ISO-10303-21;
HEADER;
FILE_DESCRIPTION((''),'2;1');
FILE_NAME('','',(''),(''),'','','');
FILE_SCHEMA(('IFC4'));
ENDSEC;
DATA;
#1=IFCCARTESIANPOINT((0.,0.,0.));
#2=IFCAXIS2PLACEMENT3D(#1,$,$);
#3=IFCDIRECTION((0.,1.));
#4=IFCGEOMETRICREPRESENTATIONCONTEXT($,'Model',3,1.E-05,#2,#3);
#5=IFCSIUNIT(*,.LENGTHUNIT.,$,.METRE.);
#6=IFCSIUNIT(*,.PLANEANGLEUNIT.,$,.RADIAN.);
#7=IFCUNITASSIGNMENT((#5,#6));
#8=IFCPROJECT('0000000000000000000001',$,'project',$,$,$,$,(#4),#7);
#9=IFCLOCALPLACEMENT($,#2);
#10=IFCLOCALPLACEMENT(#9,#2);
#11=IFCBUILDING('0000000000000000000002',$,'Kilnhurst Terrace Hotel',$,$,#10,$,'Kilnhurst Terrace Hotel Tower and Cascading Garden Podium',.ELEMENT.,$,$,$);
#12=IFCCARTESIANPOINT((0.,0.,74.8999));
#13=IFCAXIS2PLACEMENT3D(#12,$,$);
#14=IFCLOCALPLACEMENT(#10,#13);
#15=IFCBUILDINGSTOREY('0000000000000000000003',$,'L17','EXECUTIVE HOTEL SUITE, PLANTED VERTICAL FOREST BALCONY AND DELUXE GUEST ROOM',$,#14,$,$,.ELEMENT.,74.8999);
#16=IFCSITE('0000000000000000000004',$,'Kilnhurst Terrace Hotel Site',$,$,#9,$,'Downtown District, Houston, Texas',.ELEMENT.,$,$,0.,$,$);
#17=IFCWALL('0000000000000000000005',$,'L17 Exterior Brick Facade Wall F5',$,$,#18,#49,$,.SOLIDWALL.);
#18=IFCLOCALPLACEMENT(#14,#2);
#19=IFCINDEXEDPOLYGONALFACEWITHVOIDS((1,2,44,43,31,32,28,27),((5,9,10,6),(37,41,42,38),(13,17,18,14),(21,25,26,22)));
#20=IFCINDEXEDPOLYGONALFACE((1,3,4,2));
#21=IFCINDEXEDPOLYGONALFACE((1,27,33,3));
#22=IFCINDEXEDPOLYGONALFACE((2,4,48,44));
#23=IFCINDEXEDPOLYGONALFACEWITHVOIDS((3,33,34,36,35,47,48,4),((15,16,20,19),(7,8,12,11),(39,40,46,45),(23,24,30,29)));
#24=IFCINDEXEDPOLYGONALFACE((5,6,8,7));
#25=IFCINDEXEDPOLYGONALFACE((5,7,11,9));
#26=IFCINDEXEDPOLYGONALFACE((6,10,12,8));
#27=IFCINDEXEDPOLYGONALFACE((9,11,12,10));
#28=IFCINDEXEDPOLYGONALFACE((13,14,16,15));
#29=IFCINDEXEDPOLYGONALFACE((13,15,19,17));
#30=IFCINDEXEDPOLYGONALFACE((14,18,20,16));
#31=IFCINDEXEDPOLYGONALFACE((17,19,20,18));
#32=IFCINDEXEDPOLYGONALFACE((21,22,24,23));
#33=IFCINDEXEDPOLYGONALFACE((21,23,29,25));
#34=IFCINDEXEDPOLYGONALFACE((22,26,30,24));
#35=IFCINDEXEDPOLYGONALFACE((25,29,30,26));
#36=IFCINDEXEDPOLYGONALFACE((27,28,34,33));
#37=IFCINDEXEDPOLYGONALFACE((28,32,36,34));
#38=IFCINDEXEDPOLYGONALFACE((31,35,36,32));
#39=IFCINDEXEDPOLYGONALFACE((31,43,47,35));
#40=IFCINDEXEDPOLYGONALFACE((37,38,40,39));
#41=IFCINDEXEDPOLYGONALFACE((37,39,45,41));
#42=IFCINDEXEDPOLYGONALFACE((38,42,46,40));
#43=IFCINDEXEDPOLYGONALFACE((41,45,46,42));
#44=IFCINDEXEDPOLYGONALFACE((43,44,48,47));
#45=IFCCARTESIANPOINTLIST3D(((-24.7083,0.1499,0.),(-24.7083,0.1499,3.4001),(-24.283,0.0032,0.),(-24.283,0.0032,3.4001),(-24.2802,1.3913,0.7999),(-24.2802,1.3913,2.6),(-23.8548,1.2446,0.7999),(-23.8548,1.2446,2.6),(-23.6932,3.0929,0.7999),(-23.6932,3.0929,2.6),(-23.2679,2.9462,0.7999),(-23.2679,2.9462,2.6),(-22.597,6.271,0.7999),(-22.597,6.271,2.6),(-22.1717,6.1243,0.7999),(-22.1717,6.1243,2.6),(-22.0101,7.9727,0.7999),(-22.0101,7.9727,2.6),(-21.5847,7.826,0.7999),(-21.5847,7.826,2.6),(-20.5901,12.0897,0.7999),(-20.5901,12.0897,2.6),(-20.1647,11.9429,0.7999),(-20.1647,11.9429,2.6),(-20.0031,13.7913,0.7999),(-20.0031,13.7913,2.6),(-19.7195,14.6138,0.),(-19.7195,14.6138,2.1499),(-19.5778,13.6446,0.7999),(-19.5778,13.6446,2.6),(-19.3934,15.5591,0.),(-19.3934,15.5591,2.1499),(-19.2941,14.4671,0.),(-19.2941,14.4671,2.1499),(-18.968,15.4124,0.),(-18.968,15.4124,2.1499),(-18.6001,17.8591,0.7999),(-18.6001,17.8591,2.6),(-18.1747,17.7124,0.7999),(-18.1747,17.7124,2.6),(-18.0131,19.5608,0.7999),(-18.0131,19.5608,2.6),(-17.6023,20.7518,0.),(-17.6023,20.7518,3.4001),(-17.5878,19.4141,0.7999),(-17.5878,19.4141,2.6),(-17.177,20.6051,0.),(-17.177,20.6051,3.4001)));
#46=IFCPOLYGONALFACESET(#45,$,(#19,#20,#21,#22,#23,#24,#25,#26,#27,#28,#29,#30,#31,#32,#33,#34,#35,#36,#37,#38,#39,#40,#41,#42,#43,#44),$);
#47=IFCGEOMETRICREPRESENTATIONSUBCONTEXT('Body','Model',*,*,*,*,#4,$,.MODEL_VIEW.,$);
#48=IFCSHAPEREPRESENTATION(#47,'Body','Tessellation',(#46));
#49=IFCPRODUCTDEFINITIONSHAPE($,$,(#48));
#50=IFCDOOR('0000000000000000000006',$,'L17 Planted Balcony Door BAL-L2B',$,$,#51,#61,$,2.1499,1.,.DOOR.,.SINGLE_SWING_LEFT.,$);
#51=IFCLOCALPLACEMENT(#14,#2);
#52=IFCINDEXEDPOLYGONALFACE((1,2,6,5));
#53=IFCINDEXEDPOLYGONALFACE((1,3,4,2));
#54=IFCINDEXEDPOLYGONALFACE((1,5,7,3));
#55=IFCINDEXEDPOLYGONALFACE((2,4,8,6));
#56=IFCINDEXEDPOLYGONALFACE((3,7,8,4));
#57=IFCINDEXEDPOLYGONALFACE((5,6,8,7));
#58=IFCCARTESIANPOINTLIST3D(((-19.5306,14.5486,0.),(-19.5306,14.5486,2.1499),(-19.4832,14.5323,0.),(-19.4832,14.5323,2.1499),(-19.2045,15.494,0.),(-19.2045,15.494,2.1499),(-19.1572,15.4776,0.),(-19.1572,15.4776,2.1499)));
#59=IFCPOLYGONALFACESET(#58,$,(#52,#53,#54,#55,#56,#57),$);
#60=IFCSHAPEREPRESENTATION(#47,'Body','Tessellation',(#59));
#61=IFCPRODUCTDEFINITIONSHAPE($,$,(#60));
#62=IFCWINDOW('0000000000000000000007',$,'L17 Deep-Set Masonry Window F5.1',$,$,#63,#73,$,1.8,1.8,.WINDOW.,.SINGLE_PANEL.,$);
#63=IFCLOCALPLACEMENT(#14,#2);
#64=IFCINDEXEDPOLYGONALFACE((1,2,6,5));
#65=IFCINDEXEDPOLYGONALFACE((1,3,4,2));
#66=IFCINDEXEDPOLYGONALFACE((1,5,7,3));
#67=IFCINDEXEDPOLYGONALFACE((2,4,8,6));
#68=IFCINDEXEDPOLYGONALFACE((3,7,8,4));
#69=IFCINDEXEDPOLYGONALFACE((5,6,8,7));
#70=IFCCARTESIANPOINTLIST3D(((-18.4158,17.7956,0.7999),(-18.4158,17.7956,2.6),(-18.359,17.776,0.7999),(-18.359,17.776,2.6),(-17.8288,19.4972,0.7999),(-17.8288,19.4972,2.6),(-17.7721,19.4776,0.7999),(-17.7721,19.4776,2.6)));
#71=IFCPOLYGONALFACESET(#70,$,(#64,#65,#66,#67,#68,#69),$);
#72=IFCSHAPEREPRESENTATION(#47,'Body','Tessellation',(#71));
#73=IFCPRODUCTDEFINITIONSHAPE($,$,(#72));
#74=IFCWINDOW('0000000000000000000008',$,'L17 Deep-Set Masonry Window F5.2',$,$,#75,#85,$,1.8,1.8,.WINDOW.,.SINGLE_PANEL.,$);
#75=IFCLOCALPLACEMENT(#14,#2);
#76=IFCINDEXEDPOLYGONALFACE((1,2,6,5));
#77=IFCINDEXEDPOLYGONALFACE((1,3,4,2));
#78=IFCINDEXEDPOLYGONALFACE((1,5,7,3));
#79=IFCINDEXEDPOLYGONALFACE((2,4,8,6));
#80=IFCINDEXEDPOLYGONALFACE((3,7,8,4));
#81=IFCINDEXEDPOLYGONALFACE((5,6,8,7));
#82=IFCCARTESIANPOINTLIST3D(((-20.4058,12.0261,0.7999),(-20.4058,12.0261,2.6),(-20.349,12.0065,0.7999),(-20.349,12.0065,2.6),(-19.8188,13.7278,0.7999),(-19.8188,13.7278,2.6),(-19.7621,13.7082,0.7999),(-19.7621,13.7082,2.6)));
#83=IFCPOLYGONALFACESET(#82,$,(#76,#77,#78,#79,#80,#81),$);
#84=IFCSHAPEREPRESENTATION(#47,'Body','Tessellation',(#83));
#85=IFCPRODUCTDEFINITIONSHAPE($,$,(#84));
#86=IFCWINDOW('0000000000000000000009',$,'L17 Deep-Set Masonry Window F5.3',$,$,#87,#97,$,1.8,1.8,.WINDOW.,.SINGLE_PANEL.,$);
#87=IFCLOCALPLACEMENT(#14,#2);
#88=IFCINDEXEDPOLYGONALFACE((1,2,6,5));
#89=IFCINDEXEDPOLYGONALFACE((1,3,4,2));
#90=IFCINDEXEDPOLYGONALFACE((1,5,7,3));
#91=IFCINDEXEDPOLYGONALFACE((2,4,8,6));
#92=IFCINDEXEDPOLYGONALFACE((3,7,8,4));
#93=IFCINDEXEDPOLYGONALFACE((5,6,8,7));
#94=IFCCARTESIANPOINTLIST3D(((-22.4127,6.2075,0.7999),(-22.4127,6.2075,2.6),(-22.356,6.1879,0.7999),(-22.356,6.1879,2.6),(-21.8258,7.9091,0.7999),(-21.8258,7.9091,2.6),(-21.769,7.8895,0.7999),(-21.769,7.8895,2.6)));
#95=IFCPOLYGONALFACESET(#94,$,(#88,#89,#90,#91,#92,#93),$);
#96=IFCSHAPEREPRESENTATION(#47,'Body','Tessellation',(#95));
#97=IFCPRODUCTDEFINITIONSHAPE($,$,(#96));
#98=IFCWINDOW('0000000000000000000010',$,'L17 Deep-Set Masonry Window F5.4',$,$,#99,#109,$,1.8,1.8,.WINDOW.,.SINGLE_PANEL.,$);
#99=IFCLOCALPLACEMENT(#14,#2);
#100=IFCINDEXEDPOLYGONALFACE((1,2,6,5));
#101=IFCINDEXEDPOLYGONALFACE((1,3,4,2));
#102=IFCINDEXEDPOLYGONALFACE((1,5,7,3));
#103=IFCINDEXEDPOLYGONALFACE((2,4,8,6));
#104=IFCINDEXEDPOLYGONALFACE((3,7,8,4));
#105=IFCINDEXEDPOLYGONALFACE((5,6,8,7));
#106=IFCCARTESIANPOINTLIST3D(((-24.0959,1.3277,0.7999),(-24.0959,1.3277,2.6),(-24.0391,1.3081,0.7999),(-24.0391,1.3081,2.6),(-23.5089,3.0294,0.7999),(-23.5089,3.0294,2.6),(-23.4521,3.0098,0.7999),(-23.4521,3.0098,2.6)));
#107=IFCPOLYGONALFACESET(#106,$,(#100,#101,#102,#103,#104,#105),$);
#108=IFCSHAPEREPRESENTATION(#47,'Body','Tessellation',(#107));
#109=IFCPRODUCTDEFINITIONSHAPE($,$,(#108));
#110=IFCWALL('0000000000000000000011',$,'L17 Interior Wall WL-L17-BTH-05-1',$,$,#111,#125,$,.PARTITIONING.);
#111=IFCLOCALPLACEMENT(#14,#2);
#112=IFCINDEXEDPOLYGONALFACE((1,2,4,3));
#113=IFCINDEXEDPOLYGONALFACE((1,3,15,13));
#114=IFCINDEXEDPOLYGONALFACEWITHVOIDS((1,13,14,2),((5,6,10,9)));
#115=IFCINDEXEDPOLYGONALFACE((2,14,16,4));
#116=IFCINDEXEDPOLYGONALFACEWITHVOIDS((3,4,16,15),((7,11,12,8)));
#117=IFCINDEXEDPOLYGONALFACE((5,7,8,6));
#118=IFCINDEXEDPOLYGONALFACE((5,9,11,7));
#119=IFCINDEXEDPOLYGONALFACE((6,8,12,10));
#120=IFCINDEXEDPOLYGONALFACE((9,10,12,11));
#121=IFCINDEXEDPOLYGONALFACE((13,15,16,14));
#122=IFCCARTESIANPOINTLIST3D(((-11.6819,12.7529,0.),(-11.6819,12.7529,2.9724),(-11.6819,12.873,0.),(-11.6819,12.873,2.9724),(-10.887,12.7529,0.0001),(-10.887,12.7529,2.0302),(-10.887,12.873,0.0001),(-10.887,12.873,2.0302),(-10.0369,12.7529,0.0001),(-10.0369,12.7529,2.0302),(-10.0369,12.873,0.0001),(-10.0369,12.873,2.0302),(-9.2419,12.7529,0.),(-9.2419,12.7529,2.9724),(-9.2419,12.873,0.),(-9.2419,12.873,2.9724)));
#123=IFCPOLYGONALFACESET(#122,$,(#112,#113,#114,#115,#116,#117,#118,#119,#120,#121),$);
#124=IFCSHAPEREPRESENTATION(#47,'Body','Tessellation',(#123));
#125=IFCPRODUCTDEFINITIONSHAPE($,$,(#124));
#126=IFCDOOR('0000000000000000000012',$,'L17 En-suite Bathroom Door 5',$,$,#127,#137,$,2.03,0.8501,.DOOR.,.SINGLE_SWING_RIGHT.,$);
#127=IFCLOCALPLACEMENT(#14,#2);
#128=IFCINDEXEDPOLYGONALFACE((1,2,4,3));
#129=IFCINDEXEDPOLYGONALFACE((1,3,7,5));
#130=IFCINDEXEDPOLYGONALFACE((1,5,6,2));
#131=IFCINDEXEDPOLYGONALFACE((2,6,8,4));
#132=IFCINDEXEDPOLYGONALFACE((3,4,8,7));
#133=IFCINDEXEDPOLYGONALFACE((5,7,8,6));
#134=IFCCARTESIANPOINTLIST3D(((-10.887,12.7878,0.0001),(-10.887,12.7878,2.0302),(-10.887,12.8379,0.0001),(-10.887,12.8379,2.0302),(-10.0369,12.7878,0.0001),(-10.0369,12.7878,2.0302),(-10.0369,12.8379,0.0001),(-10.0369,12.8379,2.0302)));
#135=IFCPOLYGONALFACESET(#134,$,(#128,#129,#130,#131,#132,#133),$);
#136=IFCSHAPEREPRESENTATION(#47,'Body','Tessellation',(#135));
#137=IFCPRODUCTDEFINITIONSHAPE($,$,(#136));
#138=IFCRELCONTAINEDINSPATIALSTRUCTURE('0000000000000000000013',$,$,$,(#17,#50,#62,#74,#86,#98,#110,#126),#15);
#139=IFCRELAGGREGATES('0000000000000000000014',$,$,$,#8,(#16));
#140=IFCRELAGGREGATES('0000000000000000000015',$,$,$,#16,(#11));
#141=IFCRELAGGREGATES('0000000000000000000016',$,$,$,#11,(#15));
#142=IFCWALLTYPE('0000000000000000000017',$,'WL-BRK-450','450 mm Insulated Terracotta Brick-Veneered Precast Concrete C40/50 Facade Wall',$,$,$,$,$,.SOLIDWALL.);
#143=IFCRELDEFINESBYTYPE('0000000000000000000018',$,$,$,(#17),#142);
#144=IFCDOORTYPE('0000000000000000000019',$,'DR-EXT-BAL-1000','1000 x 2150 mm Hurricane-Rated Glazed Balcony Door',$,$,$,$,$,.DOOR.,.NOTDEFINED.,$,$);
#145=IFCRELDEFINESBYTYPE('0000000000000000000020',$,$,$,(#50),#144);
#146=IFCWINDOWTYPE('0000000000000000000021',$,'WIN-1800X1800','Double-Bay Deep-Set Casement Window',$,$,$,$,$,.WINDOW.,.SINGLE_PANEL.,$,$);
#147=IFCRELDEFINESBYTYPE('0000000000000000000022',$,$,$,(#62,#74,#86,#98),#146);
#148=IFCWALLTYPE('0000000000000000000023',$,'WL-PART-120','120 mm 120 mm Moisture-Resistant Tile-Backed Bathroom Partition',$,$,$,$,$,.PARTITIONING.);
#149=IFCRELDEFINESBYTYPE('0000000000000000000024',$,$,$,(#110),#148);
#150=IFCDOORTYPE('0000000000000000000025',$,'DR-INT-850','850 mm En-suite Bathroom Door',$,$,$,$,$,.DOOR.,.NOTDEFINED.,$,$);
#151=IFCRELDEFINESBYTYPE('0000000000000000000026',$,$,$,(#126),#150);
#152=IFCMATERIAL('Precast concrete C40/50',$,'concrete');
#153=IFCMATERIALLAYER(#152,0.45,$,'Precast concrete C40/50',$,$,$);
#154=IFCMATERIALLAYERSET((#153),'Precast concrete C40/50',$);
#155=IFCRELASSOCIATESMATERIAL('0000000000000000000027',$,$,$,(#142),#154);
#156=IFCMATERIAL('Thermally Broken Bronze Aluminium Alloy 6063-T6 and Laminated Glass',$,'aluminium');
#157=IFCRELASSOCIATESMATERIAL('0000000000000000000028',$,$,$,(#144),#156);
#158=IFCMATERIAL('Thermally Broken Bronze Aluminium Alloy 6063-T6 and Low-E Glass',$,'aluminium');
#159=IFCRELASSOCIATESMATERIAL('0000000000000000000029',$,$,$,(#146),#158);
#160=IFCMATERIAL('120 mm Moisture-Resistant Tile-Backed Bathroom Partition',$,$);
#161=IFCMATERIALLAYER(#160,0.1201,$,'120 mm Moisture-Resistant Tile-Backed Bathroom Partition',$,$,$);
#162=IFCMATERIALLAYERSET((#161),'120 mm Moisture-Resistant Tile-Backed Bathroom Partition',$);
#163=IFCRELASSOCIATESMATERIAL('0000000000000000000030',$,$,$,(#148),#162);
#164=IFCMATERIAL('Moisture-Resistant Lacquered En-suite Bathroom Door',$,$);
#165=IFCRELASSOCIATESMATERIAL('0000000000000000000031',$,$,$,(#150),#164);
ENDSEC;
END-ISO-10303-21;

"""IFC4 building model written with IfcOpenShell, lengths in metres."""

from ifc_helpers import new_model, si_unit, direction, frame, frame_2d, origin, place, context, subcontext, project, spatial, rectangle, extrude, material, layer, layer_set, type_object, element, fill, save


model = new_model("IFC4")

# Units and contexts
model_context = context("Model", 3, precision=1e-05, world=origin(), true_north=direction((0.0, 1.0)))
body_context = subcontext(model_context, "Body", "Model", "MODEL_VIEW")
ifc_project = project(units=[si_unit("LENGTHUNIT", "METRE"), si_unit("PLANEANGLEUNIT", "RADIAN")], contexts=[model_context])

# Site, building, storey
site_placement = place(None, origin())
site = spatial("IfcSite", under=ifc_project, at=site_placement, Name="Kilnhurst Terrace Hotel Site", LongName="Downtown District, Houston, Texas", CompositionType="ELEMENT", RefElevation=0.0)
building_placement = place(site_placement, origin())
building = spatial("IfcBuilding", under=site, at=building_placement, Name="Kilnhurst Terrace Hotel", LongName="Kilnhurst Terrace Hotel Tower and Cascading Garden Podium", CompositionType="ELEMENT")
storey_placement = place(building_placement, frame((0.0, 0.0, 74.8999)))
storey = spatial("IfcBuildingStorey", under=building, at=storey_placement, Name="L17", Description="EXECUTIVE HOTEL SUITE, PLANTED VERTICAL FOREST BALCONY AND DELUXE GUEST ROOM", CompositionType="ELEMENT", Elevation=74.8999)

# Shared definitions
ifc_material_1 = material(Name="Precast concrete C40/50", Category="concrete")
ifc_layer_1 = layer(ifc_material_1, 0.45, Name="Precast concrete C40/50")
ifc_layer_set_1 = layer_set([ifc_layer_1], Name="Precast concrete C40/50")
wall_type_1 = type_object("IfcWallType", Name="WL-BRK-450", Description="450 mm Insulated Terracotta Brick-Veneered Precast Concrete C40/50 Facade Wall", PredefinedType="SOLIDWALL", material=ifc_layer_set_1)

# Wall, openings, door, windows
wall_1_placement = place(storey_placement, frame((-17.3896, 20.6785, 0.0), z_axis=(0.0, 0.0, 1.0), x_axis=(-0.326068, -0.945346, 0.0)))
wall_1 = element("IfcWall", 1, at=wall_1_placement, inside=storey, type_object=wall_type_1, Name="L17 Exterior Brick Facade Wall F5", PredefinedType="SOLIDWALL", context=body_context, shape_type="SweptSolid", body=[
    extrude(rectangle(XDim=21.793, YDim=0.45, at=frame_2d((10.8965, 0.0))), origin(), (0.0, 0.0, 1.0), 3.4001),
])
opening_1_placement = place(wall_1_placement, frame((5.4929, 0.0, 0.0)))
opening_1 = element("IfcOpeningElement", 2, at=opening_1_placement, cuts=wall_1, PredefinedType="OPENING", context=body_context, shape_type="SweptSolid", body=[
    extrude(rectangle(XDim=1.0, YDim=2.1499, at=frame_2d((0.5, 1.075))), frame((0.0, 0.2349, 0.0), z_axis=(0.0, -1.0, 0.0), x_axis=(1.0, 0.0, 0.0)), (0.0, 0.0, 1.0), 0.47),
])
opening_2_placement = place(wall_1_placement, frame((1.26, 0.0, 0.8)))
opening_2 = element("IfcOpeningElement", 3, at=opening_2_placement, cuts=wall_1, PredefinedType="OPENING", context=body_context, shape_type="SweptSolid", body=[
    extrude(rectangle(XDim=1.8, YDim=1.8, at=frame_2d((0.8999, 0.8999))), frame((0.0, 0.2349, 0.0), z_axis=(0.0, -1.0, 0.0), x_axis=(1.0, 0.0, 0.0)), (0.0, 0.0, 1.0), 0.47),
])
opening_3_placement = place(wall_1_placement, frame((7.363, 0.0, 0.8)))
opening_3 = element("IfcOpeningElement", 4, at=opening_3_placement, cuts=wall_1, PredefinedType="OPENING", context=body_context, shape_type="SweptSolid", body=[
    extrude(rectangle(XDim=1.8, YDim=1.8, at=frame_2d((0.8999, 0.8999))), frame((0.0, 0.2349, 0.0), z_axis=(0.0, -1.0, 0.0), x_axis=(1.0, 0.0, 0.0)), (0.0, 0.0, 1.0), 0.47),
])
opening_4_placement = place(wall_1_placement, frame((13.5181, 0.0, 0.8)))
opening_4 = element("IfcOpeningElement", 5, at=opening_4_placement, cuts=wall_1, PredefinedType="OPENING", context=body_context, shape_type="SweptSolid", body=[
    extrude(rectangle(XDim=1.8, YDim=1.8, at=frame_2d((0.8999, 0.8999))), frame((0.0, 0.2349, 0.0), z_axis=(0.0, -1.0, 0.0), x_axis=(1.0, 0.0, 0.0)), (0.0, 0.0, 1.0), 0.47),
])
opening_5_placement = place(wall_1_placement, frame((18.6799, 0.0, 0.8)))
opening_5 = element("IfcOpeningElement", 6, at=opening_5_placement, cuts=wall_1, PredefinedType="OPENING", context=body_context, shape_type="SweptSolid", body=[
    extrude(rectangle(XDim=1.8, YDim=1.8, at=frame_2d((0.8999, 0.8999))), frame((0.0, 0.2349, 0.0), z_axis=(0.0, -1.0, 0.0), x_axis=(1.0, 0.0, 0.0)), (0.0, 0.0, 1.0), 0.47),
])
ifc_material_2 = material(Name="Thermally Broken Bronze Aluminium Alloy 6063-T6 and Laminated Glass", Category="aluminium")
door_type_1 = type_object("IfcDoorType", Name="DR-EXT-BAL-1000", Description="1000 x 2150 mm Hurricane-Rated Glazed Balcony Door", OperationType="NOTDEFINED", PredefinedType="DOOR", material=ifc_material_2)
door_1_placement = place(opening_1_placement, origin())
door_1 = element("IfcDoor", 7, at=door_1_placement, inside=storey, type_object=door_type_1, Name="L17 Planted Balcony Door BAL-L2B", OperationType="SINGLE_SWING_LEFT", OverallHeight=2.1499, OverallWidth=1.0, PredefinedType="DOOR", context=body_context, shape_type="SweptSolid", body=[
    extrude(rectangle(XDim=1.0, YDim=2.1499, at=frame_2d((0.5, 1.075))), frame((0.0, 0.0249, 0.0), z_axis=(0.0, -1.0, 0.0), x_axis=(1.0, 0.0, 0.0)), (0.0, 0.0, 1.0), 0.05),
])
fill(opening_1, door_1)
ifc_material_3 = material(Name="Thermally Broken Bronze Aluminium Alloy 6063-T6 and Low-E Glass", Category="aluminium")
window_type = type_object("IfcWindowType", Name="WIN-1800X1800", Description="Double-Bay Deep-Set Casement Window", PartitioningType="SINGLE_PANEL", PredefinedType="WINDOW", material=ifc_material_3)
window_1_placement = place(opening_2_placement, origin())
window_1 = element("IfcWindow", 8, at=window_1_placement, inside=storey, type_object=window_type, Name="L17 Deep-Set Masonry Window F5.1", OverallHeight=1.8, OverallWidth=1.8, PartitioningType="SINGLE_PANEL", PredefinedType="WINDOW", context=body_context, shape_type="SweptSolid", body=[
    extrude(rectangle(XDim=1.8, YDim=1.8, at=frame_2d((0.8999, 0.8999))), frame((0.0, 0.03, 0.0), z_axis=(0.0, -1.0, 0.0), x_axis=(1.0, 0.0, 0.0)), (0.0, 0.0, 1.0), 0.0601),
])
fill(opening_2, window_1)
window_2_placement = place(opening_3_placement, origin())
window_2 = element("IfcWindow", 9, at=window_2_placement, inside=storey, type_object=window_type, Name="L17 Deep-Set Masonry Window F5.2", OverallHeight=1.8, OverallWidth=1.8, PartitioningType="SINGLE_PANEL", PredefinedType="WINDOW", context=body_context, shape_type="SweptSolid", body=[
    extrude(rectangle(XDim=1.8, YDim=1.8, at=frame_2d((0.8999, 0.8999))), frame((0.0, 0.03, 0.0), z_axis=(0.0, -1.0, 0.0), x_axis=(1.0, 0.0, 0.0)), (0.0, 0.0, 1.0), 0.0601),
])
fill(opening_3, window_2)
window_3_placement = place(opening_4_placement, origin())
window_3 = element("IfcWindow", 10, at=window_3_placement, inside=storey, type_object=window_type, Name="L17 Deep-Set Masonry Window F5.3", OverallHeight=1.8, OverallWidth=1.8, PartitioningType="SINGLE_PANEL", PredefinedType="WINDOW", context=body_context, shape_type="SweptSolid", body=[
    extrude(rectangle(XDim=1.8, YDim=1.8, at=frame_2d((0.8999, 0.8999))), frame((0.0, 0.03, 0.0), z_axis=(0.0, -1.0, 0.0), x_axis=(1.0, 0.0, 0.0)), (0.0, 0.0, 1.0), 0.0601),
])
fill(opening_4, window_3)
window_4_placement = place(opening_5_placement, origin())
window_4 = element("IfcWindow", 11, at=window_4_placement, inside=storey, type_object=window_type, Name="L17 Deep-Set Masonry Window F5.4", OverallHeight=1.8, OverallWidth=1.8, PartitioningType="SINGLE_PANEL", PredefinedType="WINDOW", context=body_context, shape_type="SweptSolid", body=[
    extrude(rectangle(XDim=1.8, YDim=1.8, at=frame_2d((0.8999, 0.8999))), frame((0.0, 0.03, 0.0), z_axis=(0.0, -1.0, 0.0), x_axis=(1.0, 0.0, 0.0)), (0.0, 0.0, 1.0), 0.0601),
])
fill(opening_5, window_4)

# Wall, opening, door
ifc_material_4 = material(Name="120 mm Moisture-Resistant Tile-Backed Bathroom Partition")
ifc_layer_2 = layer(ifc_material_4, 0.1201, Name="120 mm Moisture-Resistant Tile-Backed Bathroom Partition")
ifc_layer_set_2 = layer_set([ifc_layer_2], Name="120 mm Moisture-Resistant Tile-Backed Bathroom Partition")
wall_type_2 = type_object("IfcWallType", Name="WL-PART-120", Description="120 mm 120 mm Moisture-Resistant Tile-Backed Bathroom Partition", PredefinedType="PARTITIONING", material=ifc_layer_set_2)
wall_2_placement = place(storey_placement, frame((-11.6819, 12.813, 0.0), z_axis=(0.0, 0.0, 1.0), x_axis=(1.0, 0.0, 0.0)))
wall_2 = element("IfcWall", 12, at=wall_2_placement, inside=storey, type_object=wall_type_2, Name="L17 Interior Wall WL-L17-BTH-05-1", PredefinedType="PARTITIONING", context=body_context, shape_type="SweptSolid", body=[
    extrude(rectangle(XDim=2.4399, YDim=0.1201, at=frame_2d((1.22, 0.0))), origin(), (0.0, 0.0, 1.0), 2.9724),
])
opening_6_placement = place(wall_2_placement, frame((0.7949, 0.0, 0.0)))
opening_6 = element("IfcOpeningElement", 13, at=opening_6_placement, cuts=wall_2, PredefinedType="OPENING", context=body_context, shape_type="SweptSolid", body=[
    extrude(rectangle(XDim=0.8501, YDim=2.03, at=frame_2d((0.425, 1.0151))), frame((0.0, 0.0701, 0.0), z_axis=(0.0, -1.0, 0.0), x_axis=(1.0, 0.0, 0.0)), (0.0, 0.0, 1.0), 0.1401),
])
ifc_material_5 = material(Name="Moisture-Resistant Lacquered En-suite Bathroom Door")
door_type_2 = type_object("IfcDoorType", Name="DR-INT-850", Description="850 mm En-suite Bathroom Door", OperationType="NOTDEFINED", PredefinedType="DOOR", material=ifc_material_5)
door_2_placement = place(opening_6_placement, origin())
door_2 = element("IfcDoor", 14, at=door_2_placement, inside=storey, type_object=door_type_2, Name="L17 En-suite Bathroom Door 5", OperationType="SINGLE_SWING_RIGHT", OverallHeight=2.03, OverallWidth=0.8501, PredefinedType="DOOR", context=body_context, shape_type="SweptSolid", body=[
    extrude(rectangle(XDim=0.8501, YDim=2.03, at=frame_2d((0.425, 1.0151))), frame((0.0, 0.0249, 0.0), z_axis=(0.0, -1.0, 0.0), x_axis=(1.0, 0.0, 0.0)), (0.0, 0.0, 1.0), 0.05),
])
fill(opening_6, door_2)

save(model, "model.ifc")
